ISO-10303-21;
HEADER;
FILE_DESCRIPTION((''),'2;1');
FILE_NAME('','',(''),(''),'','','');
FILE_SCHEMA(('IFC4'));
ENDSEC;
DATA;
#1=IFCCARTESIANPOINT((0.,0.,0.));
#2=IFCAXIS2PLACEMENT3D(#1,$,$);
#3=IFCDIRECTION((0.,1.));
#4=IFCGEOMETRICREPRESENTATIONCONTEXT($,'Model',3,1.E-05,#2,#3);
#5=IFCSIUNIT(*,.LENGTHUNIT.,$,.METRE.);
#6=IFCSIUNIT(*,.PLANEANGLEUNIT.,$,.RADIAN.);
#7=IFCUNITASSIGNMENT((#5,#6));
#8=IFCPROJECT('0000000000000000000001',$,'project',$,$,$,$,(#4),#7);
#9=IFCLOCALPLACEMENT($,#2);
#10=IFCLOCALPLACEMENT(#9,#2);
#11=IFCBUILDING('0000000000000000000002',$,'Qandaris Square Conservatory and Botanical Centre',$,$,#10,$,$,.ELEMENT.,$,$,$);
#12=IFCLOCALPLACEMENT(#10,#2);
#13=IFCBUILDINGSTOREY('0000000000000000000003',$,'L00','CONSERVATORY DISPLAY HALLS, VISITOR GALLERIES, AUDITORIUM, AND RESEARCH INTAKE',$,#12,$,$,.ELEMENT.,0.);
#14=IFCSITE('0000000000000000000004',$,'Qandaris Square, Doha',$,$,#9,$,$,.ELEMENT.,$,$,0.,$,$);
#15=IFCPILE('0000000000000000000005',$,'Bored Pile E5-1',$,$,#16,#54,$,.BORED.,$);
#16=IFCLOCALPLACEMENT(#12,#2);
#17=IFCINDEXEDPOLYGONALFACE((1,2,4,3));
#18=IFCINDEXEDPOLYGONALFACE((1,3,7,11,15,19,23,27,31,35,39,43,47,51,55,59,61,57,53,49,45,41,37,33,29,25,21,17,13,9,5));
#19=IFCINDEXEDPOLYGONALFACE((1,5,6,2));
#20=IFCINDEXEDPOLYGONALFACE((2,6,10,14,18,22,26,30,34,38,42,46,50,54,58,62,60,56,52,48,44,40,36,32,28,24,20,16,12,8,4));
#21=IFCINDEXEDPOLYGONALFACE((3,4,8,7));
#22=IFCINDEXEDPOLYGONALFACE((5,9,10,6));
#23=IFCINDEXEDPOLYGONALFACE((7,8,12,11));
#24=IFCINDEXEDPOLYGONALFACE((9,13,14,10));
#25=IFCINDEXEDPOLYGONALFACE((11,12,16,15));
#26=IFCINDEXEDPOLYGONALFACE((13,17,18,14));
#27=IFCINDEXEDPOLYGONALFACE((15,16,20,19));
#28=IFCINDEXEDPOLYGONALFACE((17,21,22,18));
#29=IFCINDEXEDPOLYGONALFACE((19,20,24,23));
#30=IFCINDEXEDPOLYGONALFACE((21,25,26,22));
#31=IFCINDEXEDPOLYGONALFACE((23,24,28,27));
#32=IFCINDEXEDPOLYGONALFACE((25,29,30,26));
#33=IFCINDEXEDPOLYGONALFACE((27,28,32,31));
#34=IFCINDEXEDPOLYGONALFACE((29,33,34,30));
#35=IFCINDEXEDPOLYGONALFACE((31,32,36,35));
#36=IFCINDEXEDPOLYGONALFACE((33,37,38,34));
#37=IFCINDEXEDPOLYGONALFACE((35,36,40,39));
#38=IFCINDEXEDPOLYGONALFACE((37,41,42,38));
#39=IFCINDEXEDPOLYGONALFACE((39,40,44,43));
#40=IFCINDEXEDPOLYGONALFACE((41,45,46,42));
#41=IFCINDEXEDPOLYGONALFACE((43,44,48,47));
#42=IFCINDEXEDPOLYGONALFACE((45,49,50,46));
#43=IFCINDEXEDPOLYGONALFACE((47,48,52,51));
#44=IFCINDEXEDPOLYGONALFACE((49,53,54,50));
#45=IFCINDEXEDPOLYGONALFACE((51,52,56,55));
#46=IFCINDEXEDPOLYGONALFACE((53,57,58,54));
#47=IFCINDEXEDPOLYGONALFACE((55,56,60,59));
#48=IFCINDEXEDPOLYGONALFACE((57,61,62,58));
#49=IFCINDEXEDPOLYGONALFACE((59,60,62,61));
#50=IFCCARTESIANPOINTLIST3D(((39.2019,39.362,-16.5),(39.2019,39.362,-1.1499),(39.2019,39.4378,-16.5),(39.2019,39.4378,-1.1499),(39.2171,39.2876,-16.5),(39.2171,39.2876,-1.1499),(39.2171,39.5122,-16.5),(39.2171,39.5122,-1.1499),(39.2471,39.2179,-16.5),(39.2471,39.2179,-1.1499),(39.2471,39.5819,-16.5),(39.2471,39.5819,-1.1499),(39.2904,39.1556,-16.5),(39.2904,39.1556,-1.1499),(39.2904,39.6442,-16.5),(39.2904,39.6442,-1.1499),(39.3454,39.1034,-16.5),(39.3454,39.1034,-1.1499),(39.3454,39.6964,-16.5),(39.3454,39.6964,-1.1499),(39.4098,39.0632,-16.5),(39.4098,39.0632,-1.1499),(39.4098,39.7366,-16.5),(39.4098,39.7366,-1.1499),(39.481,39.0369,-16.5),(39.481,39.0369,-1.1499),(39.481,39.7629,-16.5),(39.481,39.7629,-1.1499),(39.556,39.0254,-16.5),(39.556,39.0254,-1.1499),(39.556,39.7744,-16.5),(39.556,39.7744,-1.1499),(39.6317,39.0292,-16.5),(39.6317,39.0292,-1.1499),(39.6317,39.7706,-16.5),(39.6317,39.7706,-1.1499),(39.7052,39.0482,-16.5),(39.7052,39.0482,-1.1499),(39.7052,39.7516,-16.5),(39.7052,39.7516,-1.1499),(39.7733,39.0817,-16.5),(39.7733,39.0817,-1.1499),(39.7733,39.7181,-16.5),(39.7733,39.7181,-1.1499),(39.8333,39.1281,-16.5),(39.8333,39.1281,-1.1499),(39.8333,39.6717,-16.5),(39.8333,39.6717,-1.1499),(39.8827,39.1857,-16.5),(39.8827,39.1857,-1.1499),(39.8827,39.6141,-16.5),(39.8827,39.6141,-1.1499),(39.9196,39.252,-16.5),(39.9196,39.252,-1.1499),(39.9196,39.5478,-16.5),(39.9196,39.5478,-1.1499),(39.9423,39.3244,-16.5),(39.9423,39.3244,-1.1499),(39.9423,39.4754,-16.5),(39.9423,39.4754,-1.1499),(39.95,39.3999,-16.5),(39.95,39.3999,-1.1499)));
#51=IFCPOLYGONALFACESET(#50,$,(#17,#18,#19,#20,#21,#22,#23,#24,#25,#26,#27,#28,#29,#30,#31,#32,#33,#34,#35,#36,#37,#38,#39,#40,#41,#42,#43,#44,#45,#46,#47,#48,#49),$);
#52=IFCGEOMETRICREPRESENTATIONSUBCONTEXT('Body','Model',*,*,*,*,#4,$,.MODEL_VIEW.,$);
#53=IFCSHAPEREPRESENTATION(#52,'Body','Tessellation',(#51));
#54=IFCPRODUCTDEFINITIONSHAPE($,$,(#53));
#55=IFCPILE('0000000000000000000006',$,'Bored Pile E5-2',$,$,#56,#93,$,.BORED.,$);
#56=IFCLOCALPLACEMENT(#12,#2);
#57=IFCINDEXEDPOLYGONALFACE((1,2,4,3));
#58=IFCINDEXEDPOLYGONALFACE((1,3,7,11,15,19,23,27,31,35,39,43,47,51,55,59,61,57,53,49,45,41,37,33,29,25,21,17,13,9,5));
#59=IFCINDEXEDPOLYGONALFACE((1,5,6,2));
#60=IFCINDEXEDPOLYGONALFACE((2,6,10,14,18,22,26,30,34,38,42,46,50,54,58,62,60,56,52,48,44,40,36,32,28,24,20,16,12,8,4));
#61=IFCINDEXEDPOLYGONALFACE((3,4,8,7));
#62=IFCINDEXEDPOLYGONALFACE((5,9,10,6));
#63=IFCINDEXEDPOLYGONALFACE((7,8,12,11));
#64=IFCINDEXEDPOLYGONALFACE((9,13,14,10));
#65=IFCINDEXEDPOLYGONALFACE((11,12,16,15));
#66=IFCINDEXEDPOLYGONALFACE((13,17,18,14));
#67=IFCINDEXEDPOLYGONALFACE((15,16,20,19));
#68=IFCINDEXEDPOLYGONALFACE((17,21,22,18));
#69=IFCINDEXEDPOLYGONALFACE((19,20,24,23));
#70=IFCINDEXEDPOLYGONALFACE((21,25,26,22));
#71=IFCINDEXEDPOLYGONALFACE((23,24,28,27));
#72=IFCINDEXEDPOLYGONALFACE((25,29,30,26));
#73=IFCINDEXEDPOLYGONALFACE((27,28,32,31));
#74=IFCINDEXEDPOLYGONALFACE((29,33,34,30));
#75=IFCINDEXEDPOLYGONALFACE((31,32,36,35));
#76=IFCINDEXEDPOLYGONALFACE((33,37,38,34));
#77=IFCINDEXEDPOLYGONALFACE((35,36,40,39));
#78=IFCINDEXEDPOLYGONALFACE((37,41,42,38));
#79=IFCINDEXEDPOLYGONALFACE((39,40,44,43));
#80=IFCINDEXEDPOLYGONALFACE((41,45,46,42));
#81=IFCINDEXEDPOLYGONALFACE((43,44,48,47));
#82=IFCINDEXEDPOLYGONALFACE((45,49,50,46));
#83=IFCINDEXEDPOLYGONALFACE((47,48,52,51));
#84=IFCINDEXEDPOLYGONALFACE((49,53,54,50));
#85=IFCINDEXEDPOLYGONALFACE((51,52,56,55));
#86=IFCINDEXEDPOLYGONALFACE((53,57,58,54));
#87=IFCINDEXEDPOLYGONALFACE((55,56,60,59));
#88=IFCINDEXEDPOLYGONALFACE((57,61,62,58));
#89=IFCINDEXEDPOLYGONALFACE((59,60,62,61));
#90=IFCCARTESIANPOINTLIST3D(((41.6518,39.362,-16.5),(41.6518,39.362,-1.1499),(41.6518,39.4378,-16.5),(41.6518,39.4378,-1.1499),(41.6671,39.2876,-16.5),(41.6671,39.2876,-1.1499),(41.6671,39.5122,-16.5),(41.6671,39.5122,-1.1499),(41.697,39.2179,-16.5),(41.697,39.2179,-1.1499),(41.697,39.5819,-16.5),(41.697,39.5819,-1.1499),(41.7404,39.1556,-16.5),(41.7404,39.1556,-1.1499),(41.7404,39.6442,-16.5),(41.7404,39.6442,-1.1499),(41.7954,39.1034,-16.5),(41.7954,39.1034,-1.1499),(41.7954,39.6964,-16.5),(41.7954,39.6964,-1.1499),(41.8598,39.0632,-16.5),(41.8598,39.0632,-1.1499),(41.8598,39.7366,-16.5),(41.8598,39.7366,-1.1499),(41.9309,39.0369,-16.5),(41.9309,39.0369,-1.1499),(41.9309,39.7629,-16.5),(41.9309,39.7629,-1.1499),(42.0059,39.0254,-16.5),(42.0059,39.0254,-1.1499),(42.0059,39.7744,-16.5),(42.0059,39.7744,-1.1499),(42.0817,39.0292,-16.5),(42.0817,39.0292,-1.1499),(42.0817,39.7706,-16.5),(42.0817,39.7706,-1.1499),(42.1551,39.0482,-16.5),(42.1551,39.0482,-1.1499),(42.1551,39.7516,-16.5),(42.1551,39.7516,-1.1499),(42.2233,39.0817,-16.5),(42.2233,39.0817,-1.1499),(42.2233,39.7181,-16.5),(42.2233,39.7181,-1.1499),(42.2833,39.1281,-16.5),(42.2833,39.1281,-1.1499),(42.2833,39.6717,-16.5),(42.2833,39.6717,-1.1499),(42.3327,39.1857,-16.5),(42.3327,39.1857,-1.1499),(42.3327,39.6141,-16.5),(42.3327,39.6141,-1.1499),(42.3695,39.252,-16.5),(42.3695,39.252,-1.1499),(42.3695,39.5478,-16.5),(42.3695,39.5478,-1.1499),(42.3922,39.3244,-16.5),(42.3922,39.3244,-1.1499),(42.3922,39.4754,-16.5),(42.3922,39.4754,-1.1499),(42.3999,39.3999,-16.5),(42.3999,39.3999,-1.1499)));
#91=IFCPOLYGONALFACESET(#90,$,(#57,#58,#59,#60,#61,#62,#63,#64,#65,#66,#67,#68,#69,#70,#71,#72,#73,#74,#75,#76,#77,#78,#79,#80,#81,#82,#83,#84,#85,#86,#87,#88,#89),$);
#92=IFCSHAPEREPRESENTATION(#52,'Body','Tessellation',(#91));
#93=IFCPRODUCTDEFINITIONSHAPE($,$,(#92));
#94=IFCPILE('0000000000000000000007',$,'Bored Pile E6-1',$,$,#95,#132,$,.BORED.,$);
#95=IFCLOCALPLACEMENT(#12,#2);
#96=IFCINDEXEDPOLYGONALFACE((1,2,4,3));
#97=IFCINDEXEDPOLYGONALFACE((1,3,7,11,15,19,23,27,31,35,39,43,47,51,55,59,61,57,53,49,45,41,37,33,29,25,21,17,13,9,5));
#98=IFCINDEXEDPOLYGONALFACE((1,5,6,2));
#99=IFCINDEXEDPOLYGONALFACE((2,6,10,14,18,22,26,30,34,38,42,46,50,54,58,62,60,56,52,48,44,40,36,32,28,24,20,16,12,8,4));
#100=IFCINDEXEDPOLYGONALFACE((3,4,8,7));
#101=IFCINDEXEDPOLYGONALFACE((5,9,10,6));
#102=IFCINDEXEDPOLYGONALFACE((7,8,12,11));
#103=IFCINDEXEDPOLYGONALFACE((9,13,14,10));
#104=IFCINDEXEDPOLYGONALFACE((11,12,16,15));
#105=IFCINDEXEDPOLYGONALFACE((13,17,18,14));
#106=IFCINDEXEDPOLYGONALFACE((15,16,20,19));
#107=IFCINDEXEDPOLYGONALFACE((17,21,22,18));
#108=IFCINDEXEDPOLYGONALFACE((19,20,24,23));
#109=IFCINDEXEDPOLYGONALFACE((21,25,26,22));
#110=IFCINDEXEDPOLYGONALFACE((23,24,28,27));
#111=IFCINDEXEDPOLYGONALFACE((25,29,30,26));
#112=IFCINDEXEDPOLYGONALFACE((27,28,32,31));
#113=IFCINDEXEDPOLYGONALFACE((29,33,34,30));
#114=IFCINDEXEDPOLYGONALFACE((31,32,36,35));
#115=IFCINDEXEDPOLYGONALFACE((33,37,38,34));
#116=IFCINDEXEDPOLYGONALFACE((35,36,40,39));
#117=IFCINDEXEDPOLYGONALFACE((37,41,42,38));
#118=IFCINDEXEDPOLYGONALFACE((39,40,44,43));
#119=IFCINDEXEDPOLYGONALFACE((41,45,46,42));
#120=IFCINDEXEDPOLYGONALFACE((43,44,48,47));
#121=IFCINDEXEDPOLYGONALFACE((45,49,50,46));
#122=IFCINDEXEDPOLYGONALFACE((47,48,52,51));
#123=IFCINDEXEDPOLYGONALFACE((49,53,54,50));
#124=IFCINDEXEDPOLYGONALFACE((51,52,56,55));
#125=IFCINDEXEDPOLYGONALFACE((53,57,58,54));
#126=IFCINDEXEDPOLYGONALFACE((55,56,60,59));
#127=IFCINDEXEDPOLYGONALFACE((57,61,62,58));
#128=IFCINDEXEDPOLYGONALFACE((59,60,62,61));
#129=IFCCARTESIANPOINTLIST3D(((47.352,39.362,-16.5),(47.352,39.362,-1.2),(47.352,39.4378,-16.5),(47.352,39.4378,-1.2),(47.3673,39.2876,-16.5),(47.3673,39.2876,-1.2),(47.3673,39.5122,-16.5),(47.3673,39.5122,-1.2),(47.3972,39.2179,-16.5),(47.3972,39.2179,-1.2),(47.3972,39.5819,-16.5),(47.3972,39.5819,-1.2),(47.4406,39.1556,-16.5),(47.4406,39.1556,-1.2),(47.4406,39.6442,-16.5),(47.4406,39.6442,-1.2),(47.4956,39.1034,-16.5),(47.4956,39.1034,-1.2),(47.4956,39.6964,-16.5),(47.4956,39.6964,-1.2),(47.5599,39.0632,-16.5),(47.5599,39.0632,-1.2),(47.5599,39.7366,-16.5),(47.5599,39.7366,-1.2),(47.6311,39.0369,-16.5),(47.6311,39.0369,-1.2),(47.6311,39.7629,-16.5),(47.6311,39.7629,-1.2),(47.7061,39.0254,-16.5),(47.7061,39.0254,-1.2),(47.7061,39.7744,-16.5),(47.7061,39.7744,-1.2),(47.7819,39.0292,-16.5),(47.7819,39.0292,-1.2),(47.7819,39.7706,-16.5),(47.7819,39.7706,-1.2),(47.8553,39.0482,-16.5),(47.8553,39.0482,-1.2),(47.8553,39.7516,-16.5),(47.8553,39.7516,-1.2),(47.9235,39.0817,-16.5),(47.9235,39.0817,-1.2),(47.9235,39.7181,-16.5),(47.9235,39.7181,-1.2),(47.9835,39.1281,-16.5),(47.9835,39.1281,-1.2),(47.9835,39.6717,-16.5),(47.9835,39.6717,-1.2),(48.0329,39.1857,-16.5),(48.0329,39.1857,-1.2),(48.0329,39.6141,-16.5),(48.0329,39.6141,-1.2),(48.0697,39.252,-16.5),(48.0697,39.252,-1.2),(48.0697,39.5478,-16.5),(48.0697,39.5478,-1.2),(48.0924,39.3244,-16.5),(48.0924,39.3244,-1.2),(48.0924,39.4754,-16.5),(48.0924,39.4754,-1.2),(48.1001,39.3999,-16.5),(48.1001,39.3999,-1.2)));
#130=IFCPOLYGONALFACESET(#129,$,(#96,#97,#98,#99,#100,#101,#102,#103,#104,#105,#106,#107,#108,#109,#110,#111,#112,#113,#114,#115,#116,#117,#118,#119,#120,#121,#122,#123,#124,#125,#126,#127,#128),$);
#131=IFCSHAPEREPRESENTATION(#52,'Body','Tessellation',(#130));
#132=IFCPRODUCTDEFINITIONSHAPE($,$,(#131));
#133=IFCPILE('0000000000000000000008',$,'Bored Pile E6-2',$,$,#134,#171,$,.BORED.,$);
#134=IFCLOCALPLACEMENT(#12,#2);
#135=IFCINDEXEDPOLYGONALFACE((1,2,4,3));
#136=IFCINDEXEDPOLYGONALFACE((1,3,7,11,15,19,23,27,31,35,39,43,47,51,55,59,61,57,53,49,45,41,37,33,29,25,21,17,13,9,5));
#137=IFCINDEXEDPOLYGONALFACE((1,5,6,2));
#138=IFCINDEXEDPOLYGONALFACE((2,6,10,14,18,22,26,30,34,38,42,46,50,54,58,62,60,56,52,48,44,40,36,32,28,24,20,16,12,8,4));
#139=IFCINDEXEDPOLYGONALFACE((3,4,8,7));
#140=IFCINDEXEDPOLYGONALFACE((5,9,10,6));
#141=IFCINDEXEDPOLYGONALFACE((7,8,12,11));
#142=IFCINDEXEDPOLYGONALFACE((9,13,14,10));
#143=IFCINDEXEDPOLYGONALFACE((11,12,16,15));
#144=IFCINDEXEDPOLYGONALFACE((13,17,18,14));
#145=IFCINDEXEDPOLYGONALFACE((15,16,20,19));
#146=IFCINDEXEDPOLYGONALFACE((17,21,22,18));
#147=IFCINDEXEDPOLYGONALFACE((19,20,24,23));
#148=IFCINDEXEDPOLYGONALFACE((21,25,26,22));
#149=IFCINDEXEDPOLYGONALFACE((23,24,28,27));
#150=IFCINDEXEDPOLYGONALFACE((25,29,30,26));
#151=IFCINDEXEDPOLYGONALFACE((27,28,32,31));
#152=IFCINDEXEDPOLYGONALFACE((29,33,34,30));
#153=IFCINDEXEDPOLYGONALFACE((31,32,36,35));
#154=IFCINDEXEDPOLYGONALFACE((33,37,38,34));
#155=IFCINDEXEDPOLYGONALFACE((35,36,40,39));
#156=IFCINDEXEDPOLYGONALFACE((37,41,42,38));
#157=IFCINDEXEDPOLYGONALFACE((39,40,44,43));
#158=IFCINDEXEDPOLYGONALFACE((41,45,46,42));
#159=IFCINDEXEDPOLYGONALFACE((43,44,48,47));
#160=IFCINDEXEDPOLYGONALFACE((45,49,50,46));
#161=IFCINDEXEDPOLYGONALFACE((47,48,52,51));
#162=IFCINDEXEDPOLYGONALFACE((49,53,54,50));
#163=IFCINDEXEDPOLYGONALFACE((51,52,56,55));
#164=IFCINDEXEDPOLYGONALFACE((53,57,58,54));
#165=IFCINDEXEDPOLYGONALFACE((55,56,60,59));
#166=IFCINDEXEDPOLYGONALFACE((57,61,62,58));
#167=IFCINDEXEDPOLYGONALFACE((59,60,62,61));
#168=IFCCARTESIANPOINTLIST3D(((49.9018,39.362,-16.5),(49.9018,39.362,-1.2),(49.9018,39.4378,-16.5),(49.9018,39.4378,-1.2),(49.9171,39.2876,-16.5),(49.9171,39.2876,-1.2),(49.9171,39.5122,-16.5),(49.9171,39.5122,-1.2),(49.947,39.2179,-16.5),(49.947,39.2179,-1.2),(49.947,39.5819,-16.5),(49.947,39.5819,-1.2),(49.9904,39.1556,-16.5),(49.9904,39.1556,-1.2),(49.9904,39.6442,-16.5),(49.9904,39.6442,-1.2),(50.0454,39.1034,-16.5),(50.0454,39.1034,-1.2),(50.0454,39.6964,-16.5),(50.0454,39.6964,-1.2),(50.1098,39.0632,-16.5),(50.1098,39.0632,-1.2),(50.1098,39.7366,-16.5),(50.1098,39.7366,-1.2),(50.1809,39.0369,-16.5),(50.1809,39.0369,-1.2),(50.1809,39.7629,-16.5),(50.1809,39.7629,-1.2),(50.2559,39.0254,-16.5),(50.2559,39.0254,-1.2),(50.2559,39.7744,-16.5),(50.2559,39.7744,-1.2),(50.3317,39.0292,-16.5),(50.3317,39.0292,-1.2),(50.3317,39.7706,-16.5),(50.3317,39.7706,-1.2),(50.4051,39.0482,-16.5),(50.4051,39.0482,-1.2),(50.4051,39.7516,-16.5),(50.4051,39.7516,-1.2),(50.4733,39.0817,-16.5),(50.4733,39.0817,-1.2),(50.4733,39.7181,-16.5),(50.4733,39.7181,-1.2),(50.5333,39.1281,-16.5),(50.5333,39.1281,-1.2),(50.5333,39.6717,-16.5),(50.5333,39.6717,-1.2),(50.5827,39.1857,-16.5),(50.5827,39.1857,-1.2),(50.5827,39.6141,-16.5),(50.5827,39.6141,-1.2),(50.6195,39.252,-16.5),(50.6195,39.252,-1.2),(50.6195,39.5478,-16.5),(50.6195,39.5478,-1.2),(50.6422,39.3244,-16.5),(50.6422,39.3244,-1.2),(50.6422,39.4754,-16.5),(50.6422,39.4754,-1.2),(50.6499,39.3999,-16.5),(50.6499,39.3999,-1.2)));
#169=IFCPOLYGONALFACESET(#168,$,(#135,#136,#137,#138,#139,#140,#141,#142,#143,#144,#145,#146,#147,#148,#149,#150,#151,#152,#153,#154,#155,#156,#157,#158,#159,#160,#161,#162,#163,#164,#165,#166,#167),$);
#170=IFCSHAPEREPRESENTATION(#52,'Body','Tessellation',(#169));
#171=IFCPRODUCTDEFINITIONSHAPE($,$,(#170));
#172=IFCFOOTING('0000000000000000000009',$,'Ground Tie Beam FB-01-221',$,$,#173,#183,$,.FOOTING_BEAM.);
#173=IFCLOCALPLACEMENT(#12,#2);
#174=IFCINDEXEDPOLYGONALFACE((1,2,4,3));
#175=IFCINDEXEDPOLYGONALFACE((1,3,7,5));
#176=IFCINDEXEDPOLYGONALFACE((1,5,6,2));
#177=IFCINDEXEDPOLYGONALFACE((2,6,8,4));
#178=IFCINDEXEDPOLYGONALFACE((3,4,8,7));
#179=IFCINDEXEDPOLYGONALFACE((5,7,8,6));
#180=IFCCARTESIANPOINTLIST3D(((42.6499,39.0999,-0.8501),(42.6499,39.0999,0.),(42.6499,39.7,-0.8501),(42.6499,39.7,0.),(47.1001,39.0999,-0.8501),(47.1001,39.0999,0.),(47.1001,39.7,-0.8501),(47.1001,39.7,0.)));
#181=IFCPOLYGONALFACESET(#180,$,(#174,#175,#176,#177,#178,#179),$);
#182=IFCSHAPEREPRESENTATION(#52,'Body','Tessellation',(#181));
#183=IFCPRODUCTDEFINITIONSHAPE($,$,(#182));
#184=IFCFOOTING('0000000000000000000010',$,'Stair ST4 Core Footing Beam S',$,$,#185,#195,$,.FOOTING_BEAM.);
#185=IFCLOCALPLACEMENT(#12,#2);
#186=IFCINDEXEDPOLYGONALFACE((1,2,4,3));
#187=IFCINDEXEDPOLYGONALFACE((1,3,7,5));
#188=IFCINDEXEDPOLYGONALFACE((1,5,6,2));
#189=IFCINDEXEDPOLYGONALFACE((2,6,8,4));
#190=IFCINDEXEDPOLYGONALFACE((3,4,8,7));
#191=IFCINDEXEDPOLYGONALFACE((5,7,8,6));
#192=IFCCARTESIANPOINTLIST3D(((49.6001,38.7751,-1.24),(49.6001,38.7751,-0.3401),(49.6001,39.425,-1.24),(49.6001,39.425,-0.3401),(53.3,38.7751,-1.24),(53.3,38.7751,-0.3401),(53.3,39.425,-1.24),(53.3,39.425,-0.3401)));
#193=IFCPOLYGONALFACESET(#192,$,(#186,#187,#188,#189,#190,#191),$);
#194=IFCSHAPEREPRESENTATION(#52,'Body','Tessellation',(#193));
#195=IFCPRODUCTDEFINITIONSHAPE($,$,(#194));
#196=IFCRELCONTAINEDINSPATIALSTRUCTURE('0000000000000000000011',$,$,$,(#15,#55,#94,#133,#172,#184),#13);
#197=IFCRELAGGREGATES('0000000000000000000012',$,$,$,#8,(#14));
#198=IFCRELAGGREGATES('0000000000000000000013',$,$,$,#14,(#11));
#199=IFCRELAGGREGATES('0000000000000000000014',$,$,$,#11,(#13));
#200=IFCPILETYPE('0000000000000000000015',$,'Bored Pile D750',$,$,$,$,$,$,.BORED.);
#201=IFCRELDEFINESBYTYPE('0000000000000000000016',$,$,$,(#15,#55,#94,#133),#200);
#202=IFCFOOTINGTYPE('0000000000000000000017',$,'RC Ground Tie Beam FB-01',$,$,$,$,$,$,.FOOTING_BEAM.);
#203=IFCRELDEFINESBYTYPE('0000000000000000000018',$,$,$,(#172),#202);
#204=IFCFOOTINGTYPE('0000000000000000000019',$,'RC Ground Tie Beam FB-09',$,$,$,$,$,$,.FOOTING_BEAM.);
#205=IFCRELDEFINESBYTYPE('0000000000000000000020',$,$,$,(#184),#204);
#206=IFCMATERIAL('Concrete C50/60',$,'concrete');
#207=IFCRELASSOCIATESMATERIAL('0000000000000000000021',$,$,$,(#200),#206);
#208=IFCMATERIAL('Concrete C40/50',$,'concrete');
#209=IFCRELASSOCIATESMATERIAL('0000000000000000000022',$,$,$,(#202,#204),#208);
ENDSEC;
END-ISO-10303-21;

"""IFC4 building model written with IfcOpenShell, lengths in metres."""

from ifc_helpers import new_model, si_unit, direction, frame, origin, origin_2d, place, context, subcontext, project, spatial, rectangle, circle, extrude, material, material_profile, profile_set, type_object, element, save


model = new_model("IFC4")

# Units and contexts
model_context = context("Model", 3, precision=1e-05, world=origin(), true_north=direction((0.0, 1.0)))
body_context = subcontext(model_context, "Body", "Model", "MODEL_VIEW")
ifc_project = project(units=[si_unit("LENGTHUNIT", "METRE"), si_unit("PLANEANGLEUNIT", "RADIAN")], contexts=[model_context])

# Site, building, storey
site_placement = place(None, origin())
site = spatial("IfcSite", under=ifc_project, at=site_placement, Name="Qandaris Square, Doha", CompositionType="ELEMENT", RefElevation=0.0)
building_placement = place(site_placement, origin())
building = spatial("IfcBuilding", under=site, at=building_placement, Name="Qandaris Square Conservatory and Botanical Centre", CompositionType="ELEMENT")
storey_placement = place(building_placement, origin())
storey = spatial("IfcBuildingStorey", under=building, at=storey_placement, Name="L00", Description="CONSERVATORY DISPLAY HALLS, VISITOR GALLERIES, AUDITORIUM, AND RESEARCH INTAKE", CompositionType="ELEMENT", Elevation=0.0)

# Piles
ifc_material_1 = material(Name="Concrete C50/60", Category="concrete")
ifc_material_profile_1 = material_profile(ifc_material_1, circle(Radius=0.375, at=origin_2d()), Name="PILE D750")
ifc_profile_set_1 = profile_set([ifc_material_profile_1], Name="Concrete C50/60")
pile_type = type_object("IfcPileType", Name="Bored Pile D750", PredefinedType="BORED", material=ifc_profile_set_1)
for number, where, z_axis, x_axis, name in (
    (1, (39.575, 39.3999, -1.1499), (0.0, 0.0, -1.0), (1.0, 0.0, 0.0), "Bored Pile E5-1"),
    (2, (42.0249, 39.3999, -1.1499), (0.0, 0.0, -1.0), (1.0, 0.0, 0.0), "Bored Pile E5-2"),
):
    element("IfcPile", number, at=place(storey_placement, frame(where, z_axis=z_axis, x_axis=x_axis)), inside=storey, type_object=pile_type, Name=name, PredefinedType="BORED", context=body_context, shape_type="SweptSolid", body=[
        extrude(circle(Radius=0.375, at=origin_2d()), origin(), (0.0, 0.0, 1.0), 15.3501),
    ])
for number, where, z_axis, x_axis, name in (
    (3, (47.7251, 39.3999, -1.2), (0.0, 0.0, -1.0), (1.0, 0.0, 0.0), "Bored Pile E6-1"),
    (4, (50.2749, 39.3999, -1.2), (0.0, 0.0, -1.0), (1.0, 0.0, 0.0), "Bored Pile E6-2"),
):
    element("IfcPile", number, at=place(storey_placement, frame(where, z_axis=z_axis, x_axis=x_axis)), inside=storey, type_object=pile_type, Name=name, PredefinedType="BORED", context=body_context, shape_type="SweptSolid", body=[
        extrude(circle(Radius=0.375, at=origin_2d()), origin(), (0.0, 0.0, 1.0), 15.3),
    ])

# Footings
ifc_material_2 = material(Name="Concrete C40/50", Category="concrete")
ifc_material_profile_2 = material_profile(ifc_material_2, rectangle(XDim=0.6001, YDim=0.8501, at=origin_2d()), Name="FB 600x850")
ifc_profile_set_2 = profile_set([ifc_material_profile_2], Name="Concrete C40/50")
footing_type_1 = type_object("IfcFootingType", Name="RC Ground Tie Beam FB-01", PredefinedType="FOOTING_BEAM", material=ifc_profile_set_2)
footing_1_placement = place(storey_placement, frame((42.6499, 39.3999, -0.425), z_axis=(1.0, 0.0, 0.0), x_axis=(0.0, 1.0, 0.0)))
element("IfcFooting", 5, at=footing_1_placement, inside=storey, type_object=footing_type_1, Name="Ground Tie Beam FB-01-221", PredefinedType="FOOTING_BEAM", context=body_context, shape_type="SweptSolid", body=[
    extrude(rectangle(XDim=0.6001, YDim=0.8501, at=origin_2d()), origin(), (0.0, 0.0, 1.0), 4.4502),
])
ifc_material_profile_3 = material_profile(ifc_material_2, rectangle(XDim=0.6499, YDim=0.8999, at=origin_2d()), Name="FB 650x900")
ifc_profile_set_3 = profile_set([ifc_material_profile_3], Name="Concrete C40/50")
footing_type_2 = type_object("IfcFootingType", Name="RC Ground Tie Beam FB-09", PredefinedType="FOOTING_BEAM", material=ifc_profile_set_3)
footing_2_placement = place(storey_placement, frame((49.6001, 39.1001, -0.79), z_axis=(1.0, 0.0, 0.0), x_axis=(0.0, 1.0, 0.0)))
element("IfcFooting", 6, at=footing_2_placement, inside=storey, type_object=footing_type_2, Name="Stair ST4 Core Footing Beam S", PredefinedType="FOOTING_BEAM", context=body_context, shape_type="SweptSolid", body=[
    extrude(rectangle(XDim=0.6499, YDim=0.8999, at=origin_2d()), origin(), (0.0, 0.0, 1.0), 3.7),
])

save(model, "model.ifc")
